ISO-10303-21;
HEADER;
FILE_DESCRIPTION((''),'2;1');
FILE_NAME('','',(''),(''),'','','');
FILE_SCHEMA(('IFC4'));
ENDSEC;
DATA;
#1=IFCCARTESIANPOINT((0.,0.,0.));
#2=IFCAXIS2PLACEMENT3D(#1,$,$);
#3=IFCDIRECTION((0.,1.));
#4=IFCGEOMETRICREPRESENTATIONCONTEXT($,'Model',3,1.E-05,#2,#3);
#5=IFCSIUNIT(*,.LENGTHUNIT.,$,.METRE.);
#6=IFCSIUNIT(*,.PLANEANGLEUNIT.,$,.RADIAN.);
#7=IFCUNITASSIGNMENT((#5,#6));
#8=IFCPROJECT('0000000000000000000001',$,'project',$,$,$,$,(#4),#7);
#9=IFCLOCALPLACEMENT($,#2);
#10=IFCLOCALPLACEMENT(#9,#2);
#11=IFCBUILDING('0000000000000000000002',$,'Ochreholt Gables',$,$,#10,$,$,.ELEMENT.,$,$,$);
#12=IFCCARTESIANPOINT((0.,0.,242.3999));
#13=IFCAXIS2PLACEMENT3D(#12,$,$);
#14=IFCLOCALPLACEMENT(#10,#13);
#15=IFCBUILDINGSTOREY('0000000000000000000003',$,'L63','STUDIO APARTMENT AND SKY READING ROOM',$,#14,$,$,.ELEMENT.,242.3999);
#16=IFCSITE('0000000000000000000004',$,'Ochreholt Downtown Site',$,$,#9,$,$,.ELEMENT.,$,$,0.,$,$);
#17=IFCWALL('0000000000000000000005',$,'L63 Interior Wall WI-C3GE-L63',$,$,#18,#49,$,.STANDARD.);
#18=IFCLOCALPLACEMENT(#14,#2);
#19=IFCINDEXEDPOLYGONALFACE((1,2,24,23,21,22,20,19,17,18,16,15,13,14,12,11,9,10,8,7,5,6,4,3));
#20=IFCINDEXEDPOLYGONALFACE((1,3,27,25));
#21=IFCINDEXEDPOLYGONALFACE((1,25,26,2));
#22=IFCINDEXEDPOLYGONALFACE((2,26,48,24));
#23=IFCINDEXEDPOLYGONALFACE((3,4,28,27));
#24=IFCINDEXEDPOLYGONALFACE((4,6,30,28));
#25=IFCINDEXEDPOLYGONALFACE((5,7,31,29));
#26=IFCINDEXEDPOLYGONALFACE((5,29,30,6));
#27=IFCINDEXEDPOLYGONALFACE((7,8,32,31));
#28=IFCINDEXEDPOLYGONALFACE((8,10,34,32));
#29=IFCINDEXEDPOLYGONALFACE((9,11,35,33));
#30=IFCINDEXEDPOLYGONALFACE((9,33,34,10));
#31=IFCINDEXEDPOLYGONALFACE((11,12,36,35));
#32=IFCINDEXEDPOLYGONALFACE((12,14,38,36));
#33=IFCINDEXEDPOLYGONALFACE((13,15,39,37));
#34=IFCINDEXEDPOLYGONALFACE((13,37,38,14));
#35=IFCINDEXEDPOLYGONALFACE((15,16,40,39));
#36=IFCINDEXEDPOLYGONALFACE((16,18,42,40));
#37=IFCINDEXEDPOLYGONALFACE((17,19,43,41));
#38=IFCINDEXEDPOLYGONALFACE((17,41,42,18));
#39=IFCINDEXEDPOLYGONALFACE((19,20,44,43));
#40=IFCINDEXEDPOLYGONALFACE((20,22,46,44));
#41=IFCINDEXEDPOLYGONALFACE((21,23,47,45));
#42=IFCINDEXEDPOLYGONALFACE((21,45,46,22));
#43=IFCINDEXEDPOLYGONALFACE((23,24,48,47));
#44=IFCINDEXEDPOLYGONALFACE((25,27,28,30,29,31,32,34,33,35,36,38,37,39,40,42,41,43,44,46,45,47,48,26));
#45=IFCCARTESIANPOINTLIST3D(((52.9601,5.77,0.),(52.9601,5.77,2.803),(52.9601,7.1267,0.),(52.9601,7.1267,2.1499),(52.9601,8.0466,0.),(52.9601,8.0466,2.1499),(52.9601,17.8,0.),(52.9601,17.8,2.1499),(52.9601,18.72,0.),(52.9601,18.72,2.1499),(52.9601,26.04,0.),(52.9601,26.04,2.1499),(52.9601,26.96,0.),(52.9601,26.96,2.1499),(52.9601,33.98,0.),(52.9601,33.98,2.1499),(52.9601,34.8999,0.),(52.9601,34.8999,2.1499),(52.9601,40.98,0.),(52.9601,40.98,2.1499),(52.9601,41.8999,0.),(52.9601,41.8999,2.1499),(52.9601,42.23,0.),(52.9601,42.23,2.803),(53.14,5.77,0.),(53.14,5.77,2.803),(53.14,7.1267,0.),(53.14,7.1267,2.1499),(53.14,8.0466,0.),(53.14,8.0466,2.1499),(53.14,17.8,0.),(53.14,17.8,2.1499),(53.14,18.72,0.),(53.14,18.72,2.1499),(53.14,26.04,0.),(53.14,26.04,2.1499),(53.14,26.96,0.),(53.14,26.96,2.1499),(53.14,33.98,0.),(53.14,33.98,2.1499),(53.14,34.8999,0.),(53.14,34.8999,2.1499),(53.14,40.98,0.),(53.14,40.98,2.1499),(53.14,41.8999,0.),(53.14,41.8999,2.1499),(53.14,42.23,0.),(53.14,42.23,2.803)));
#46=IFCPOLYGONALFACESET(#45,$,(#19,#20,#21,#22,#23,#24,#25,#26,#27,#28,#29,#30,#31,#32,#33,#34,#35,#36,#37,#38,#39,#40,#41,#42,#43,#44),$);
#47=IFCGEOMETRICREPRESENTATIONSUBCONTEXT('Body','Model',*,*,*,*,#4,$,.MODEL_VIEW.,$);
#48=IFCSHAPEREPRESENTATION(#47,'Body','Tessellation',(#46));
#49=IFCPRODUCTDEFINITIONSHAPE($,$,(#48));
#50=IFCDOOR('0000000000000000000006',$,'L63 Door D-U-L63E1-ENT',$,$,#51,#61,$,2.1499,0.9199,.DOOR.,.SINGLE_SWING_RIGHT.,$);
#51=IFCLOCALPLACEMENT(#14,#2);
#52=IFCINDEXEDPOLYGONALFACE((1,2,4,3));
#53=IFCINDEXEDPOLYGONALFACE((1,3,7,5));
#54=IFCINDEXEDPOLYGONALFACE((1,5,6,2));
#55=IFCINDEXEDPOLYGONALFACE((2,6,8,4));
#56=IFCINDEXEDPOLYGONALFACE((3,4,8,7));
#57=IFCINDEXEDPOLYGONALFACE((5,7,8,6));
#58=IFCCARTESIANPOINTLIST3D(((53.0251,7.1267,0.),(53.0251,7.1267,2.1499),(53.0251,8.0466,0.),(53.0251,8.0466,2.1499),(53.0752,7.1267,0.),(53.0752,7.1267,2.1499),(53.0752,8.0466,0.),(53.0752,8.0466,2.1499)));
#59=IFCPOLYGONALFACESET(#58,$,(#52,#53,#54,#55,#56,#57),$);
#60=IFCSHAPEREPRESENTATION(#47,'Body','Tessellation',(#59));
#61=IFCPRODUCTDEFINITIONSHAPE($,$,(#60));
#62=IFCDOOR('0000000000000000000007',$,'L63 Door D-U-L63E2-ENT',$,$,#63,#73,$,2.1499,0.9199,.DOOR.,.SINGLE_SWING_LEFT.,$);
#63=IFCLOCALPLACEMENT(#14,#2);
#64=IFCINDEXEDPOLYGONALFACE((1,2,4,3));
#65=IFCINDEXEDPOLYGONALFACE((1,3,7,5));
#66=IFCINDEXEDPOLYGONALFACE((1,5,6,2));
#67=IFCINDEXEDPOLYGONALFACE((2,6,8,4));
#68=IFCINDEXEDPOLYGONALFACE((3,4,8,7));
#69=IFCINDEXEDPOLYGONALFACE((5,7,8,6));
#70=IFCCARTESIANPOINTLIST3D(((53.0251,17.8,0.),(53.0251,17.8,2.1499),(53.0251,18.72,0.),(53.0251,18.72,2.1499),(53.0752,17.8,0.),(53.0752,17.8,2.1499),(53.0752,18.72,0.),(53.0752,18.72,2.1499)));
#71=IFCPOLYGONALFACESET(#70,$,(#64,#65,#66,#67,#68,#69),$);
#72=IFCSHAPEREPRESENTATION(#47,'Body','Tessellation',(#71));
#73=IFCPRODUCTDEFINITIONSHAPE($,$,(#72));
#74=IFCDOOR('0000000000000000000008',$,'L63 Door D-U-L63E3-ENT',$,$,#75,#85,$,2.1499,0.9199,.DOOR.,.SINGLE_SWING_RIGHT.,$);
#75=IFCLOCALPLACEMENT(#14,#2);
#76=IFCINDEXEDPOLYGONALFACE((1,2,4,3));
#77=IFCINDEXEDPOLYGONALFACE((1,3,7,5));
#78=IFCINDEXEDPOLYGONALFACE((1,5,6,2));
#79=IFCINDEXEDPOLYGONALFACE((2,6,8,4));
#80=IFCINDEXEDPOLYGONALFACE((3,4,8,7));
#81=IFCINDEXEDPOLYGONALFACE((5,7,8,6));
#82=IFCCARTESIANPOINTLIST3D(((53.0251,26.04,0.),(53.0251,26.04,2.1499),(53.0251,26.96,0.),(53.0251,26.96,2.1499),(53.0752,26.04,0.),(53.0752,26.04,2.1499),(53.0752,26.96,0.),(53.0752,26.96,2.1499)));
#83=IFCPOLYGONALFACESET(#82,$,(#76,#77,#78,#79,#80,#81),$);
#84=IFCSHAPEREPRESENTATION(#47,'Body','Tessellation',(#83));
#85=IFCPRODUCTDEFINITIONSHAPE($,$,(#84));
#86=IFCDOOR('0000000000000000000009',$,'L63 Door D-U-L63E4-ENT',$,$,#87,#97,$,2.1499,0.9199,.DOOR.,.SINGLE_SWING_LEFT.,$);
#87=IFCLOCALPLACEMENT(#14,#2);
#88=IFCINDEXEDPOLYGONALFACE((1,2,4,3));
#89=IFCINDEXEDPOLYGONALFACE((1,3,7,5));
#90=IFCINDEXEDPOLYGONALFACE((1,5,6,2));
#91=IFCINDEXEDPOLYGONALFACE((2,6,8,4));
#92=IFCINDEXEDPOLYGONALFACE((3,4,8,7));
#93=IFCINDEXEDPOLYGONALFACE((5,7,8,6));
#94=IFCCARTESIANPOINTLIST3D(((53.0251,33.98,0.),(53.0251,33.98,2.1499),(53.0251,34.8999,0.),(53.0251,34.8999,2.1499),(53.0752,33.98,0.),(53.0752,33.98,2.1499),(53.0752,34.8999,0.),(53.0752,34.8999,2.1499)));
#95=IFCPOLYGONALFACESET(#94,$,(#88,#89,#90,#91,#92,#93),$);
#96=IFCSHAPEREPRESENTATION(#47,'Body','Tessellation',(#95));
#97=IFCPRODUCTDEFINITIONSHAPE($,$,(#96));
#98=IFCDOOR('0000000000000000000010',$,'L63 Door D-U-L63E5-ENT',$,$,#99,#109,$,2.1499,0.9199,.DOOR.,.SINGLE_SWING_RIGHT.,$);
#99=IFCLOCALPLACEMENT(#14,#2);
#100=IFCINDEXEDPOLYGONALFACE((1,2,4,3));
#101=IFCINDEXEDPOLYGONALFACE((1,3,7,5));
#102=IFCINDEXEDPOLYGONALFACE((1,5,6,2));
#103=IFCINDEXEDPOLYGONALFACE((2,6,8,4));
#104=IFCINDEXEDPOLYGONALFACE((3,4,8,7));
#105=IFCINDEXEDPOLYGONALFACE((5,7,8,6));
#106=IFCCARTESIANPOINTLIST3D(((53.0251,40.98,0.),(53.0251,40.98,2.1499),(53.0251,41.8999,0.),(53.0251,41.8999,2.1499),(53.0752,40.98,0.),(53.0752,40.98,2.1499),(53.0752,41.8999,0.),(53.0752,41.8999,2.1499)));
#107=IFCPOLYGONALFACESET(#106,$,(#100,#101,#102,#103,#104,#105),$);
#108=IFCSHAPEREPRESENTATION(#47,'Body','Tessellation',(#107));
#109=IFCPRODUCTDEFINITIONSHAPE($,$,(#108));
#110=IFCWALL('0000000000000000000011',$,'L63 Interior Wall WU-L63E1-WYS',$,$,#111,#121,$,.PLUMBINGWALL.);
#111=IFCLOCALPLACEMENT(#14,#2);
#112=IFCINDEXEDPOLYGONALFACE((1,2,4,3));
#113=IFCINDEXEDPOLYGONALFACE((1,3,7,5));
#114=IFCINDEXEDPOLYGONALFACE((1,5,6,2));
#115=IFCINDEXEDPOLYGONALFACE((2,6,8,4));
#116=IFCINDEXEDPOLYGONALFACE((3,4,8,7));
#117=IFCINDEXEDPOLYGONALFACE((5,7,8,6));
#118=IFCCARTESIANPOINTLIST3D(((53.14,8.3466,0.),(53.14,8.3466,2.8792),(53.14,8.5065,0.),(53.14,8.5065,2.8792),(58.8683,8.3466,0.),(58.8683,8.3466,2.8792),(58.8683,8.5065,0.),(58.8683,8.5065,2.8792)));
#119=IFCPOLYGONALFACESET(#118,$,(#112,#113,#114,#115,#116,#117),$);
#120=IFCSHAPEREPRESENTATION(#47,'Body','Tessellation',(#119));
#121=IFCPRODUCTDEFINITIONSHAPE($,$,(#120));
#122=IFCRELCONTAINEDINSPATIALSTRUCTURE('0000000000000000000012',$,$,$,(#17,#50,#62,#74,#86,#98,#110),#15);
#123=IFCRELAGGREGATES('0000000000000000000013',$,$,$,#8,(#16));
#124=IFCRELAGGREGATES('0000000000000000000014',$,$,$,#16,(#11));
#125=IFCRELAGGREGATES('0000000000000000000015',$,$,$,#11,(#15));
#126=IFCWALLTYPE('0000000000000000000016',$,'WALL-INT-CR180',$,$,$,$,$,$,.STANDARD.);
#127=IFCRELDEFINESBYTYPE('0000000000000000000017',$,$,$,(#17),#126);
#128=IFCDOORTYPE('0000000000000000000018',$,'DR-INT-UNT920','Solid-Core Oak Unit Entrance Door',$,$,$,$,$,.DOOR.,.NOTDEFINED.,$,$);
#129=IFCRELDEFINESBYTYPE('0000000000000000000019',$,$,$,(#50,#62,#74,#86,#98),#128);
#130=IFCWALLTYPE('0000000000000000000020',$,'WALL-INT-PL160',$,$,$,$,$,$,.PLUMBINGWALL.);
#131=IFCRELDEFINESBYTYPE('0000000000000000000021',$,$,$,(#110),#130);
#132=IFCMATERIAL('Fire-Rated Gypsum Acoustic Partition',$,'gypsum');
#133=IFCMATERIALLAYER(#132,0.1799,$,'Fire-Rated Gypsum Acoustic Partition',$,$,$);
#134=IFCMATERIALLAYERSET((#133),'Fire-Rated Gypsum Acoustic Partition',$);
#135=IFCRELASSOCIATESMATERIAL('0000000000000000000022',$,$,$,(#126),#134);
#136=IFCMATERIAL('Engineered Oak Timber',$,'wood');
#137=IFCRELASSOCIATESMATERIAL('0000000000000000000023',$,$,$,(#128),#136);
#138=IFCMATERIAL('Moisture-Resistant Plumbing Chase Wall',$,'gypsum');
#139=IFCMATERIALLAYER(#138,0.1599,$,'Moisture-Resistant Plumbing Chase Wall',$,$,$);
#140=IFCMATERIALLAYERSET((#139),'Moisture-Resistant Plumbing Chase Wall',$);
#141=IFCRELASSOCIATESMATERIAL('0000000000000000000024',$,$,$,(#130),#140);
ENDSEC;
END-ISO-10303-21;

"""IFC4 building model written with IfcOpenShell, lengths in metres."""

from ifc_helpers import new_model, si_unit, direction, frame, frame_2d, origin, place, context, subcontext, project, spatial, rectangle, extrude, material, layer, layer_set, type_object, element, fill, save


model = new_model("IFC4")

# Units and contexts
model_context = context("Model", 3, precision=1e-05, world=origin(), true_north=direction((0.0, 1.0)))
body_context = subcontext(model_context, "Body", "Model", "MODEL_VIEW")
ifc_project = project(units=[si_unit("LENGTHUNIT", "METRE"), si_unit("PLANEANGLEUNIT", "RADIAN")], contexts=[model_context])

# Site, building, storey
site_placement = place(None, origin())
site = spatial("IfcSite", under=ifc_project, at=site_placement, Name="Ochreholt Downtown Site", CompositionType="ELEMENT", RefElevation=0.0)
building_placement = place(site_placement, origin())
building = spatial("IfcBuilding", under=site, at=building_placement, Name="Ochreholt Gables", CompositionType="ELEMENT")
storey_placement = place(building_placement, frame((0.0, 0.0, 242.3999)))
storey = spatial("IfcBuildingStorey", under=building, at=storey_placement, Name="L63", Description="STUDIO APARTMENT AND SKY READING ROOM", CompositionType="ELEMENT", Elevation=242.3999)

# Shared definitions
ifc_material_1 = material(Name="Fire-Rated Gypsum Acoustic Partition", Category="gypsum")
ifc_layer_1 = layer(ifc_material_1, 0.1799, Name="Fire-Rated Gypsum Acoustic Partition")
ifc_layer_set_1 = layer_set([ifc_layer_1], Name="Fire-Rated Gypsum Acoustic Partition")
wall_type_1 = type_object("IfcWallType", Name="WALL-INT-CR180", PredefinedType="STANDARD", material=ifc_layer_set_1)
ifc_material_2 = material(Name="Engineered Oak Timber", Category="wood")
door_type = type_object("IfcDoorType", Name="DR-INT-UNT920", Description="Solid-Core Oak Unit Entrance Door", OperationType="NOTDEFINED", PredefinedType="DOOR", material=ifc_material_2)

# Wall, openings, doors
wall_1_placement = place(storey_placement, frame((53.05, 5.77, 0.0), z_axis=(0.0, 0.0, 1.0), x_axis=(0.0, 1.0, 0.0)))
wall_1 = element("IfcWall", 1, at=wall_1_placement, inside=storey, type_object=wall_type_1, Name="L63 Interior Wall WI-C3GE-L63", PredefinedType="STANDARD", context=body_context, shape_type="SweptSolid", body=[
    extrude(rectangle(XDim=36.46, YDim=0.1799, at=frame_2d((18.23, 0.0))), origin(), (0.0, 0.0, 1.0), 2.803),
])
opening_1_placement = place(wall_1_placement, frame((1.3567, 0.0, 0.0)))
opening_1 = element("IfcOpeningElement", 2, at=opening_1_placement, cuts=wall_1, PredefinedType="OPENING", context=body_context, shape_type="SweptSolid", body=[
    extrude(rectangle(XDim=0.9199, YDim=2.1499, at=frame_2d((0.46, 1.075))), frame((0.0, 0.0999, 0.0), z_axis=(0.0, -1.0, 0.0), x_axis=(1.0, 0.0, 0.0)), (0.0, 0.0, 1.0), 0.2),
])
opening_2_placement = place(wall_1_placement, frame((12.03, 0.0, 0.0)))
opening_2 = element("IfcOpeningElement", 3, at=opening_2_placement, cuts=wall_1, PredefinedType="OPENING", context=body_context, shape_type="SweptSolid", body=[
    extrude(rectangle(XDim=0.9199, YDim=2.1499, at=frame_2d((0.46, 1.075))), frame((0.0, 0.0999, 0.0), z_axis=(0.0, -1.0, 0.0), x_axis=(1.0, 0.0, 0.0)), (0.0, 0.0, 1.0), 0.2),
])
opening_3_placement = place(wall_1_placement, frame((20.27, 0.0, 0.0)))
opening_3 = element("IfcOpeningElement", 4, at=opening_3_placement, cuts=wall_1, PredefinedType="OPENING", context=body_context, shape_type="SweptSolid", body=[
    extrude(rectangle(XDim=0.9199, YDim=2.1499, at=frame_2d((0.46, 1.075))), frame((0.0, 0.0999, 0.0), z_axis=(0.0, -1.0, 0.0), x_axis=(1.0, 0.0, 0.0)), (0.0, 0.0, 1.0), 0.2),
])
opening_4_placement = place(wall_1_placement, frame((28.21, 0.0, 0.0)))
opening_4 = element("IfcOpeningElement", 5, at=opening_4_placement, cuts=wall_1, PredefinedType="OPENING", context=body_context, shape_type="SweptSolid", body=[
    extrude(rectangle(XDim=0.9199, YDim=2.1499, at=frame_2d((0.46, 1.075))), frame((0.0, 0.0999, 0.0), z_axis=(0.0, -1.0, 0.0), x_axis=(1.0, 0.0, 0.0)), (0.0, 0.0, 1.0), 0.2),
])
opening_5_placement = place(wall_1_placement, frame((35.21, 0.0, 0.0)))
opening_5 = element("IfcOpeningElement", 6, at=opening_5_placement, cuts=wall_1, PredefinedType="OPENING", context=body_context, shape_type="SweptSolid", body=[
    extrude(rectangle(XDim=0.9199, YDim=2.1499, at=frame_2d((0.46, 1.075))), frame((0.0, 0.0999, 0.0), z_axis=(0.0, -1.0, 0.0), x_axis=(1.0, 0.0, 0.0)), (0.0, 0.0, 1.0), 0.2),
])
door_1_placement = place(opening_1_placement, origin())
door_1 = element("IfcDoor", 7, at=door_1_placement, inside=storey, type_object=door_type, Name="L63 Door D-U-L63E1-ENT", OperationType="SINGLE_SWING_RIGHT", OverallHeight=2.1499, OverallWidth=0.9199, PredefinedType="DOOR", context=body_context, shape_type="SweptSolid", body=[
    extrude(rectangle(XDim=0.9199, YDim=2.1499, at=frame_2d((0.46, 1.075))), frame((0.0, 0.0249, 0.0), z_axis=(0.0, -1.0, 0.0), x_axis=(1.0, 0.0, 0.0)), (0.0, 0.0, 1.0), 0.05),
])
fill(opening_1, door_1)
door_2_placement = place(opening_2_placement, origin())
door_2 = element("IfcDoor", 8, at=door_2_placement, inside=storey, type_object=door_type, Name="L63 Door D-U-L63E2-ENT", OperationType="SINGLE_SWING_LEFT", OverallHeight=2.1499, OverallWidth=0.9199, PredefinedType="DOOR", context=body_context, shape_type="SweptSolid", body=[
    extrude(rectangle(XDim=0.9199, YDim=2.1499, at=frame_2d((0.46, 1.075))), frame((0.0, 0.0249, 0.0), z_axis=(0.0, -1.0, 0.0), x_axis=(1.0, 0.0, 0.0)), (0.0, 0.0, 1.0), 0.05),
])
fill(opening_2, door_2)
door_3_placement = place(opening_3_placement, origin())
door_3 = element("IfcDoor", 9, at=door_3_placement, inside=storey, type_object=door_type, Name="L63 Door D-U-L63E3-ENT", OperationType="SINGLE_SWING_RIGHT", OverallHeight=2.1499, OverallWidth=0.9199, PredefinedType="DOOR", context=body_context, shape_type="SweptSolid", body=[
    extrude(rectangle(XDim=0.9199, YDim=2.1499, at=frame_2d((0.46, 1.075))), frame((0.0, 0.0249, 0.0), z_axis=(0.0, -1.0, 0.0), x_axis=(1.0, 0.0, 0.0)), (0.0, 0.0, 1.0), 0.05),
])
fill(opening_3, door_3)
door_4_placement = place(opening_4_placement, origin())
door_4 = element("IfcDoor", 10, at=door_4_placement, inside=storey, type_object=door_type, Name="L63 Door D-U-L63E4-ENT", OperationType="SINGLE_SWING_LEFT", OverallHeight=2.1499, OverallWidth=0.9199, PredefinedType="DOOR", context=body_context, shape_type="SweptSolid", body=[
    extrude(rectangle(XDim=0.9199, YDim=2.1499, at=frame_2d((0.46, 1.075))), frame((0.0, 0.0249, 0.0), z_axis=(0.0, -1.0, 0.0), x_axis=(1.0, 0.0, 0.0)), (0.0, 0.0, 1.0), 0.05),
])
fill(opening_4, door_4)
door_5_placement = place(opening_5_placement, origin())
door_5 = element("IfcDoor", 11, at=door_5_placement, inside=storey, type_object=door_type, Name="L63 Door D-U-L63E5-ENT", OperationType="SINGLE_SWING_RIGHT", OverallHeight=2.1499, OverallWidth=0.9199, PredefinedType="DOOR", context=body_context, shape_type="SweptSolid", body=[
    extrude(rectangle(XDim=0.9199, YDim=2.1499, at=frame_2d((0.46, 1.075))), frame((0.0, 0.0249, 0.0), z_axis=(0.0, -1.0, 0.0), x_axis=(1.0, 0.0, 0.0)), (0.0, 0.0, 1.0), 0.05),
])
fill(opening_5, door_5)

# Wall
ifc_material_3 = material(Name="Moisture-Resistant Plumbing Chase Wall", Category="gypsum")
ifc_layer_2 = layer(ifc_material_3, 0.1599, Name="Moisture-Resistant Plumbing Chase Wall")
ifc_layer_set_2 = layer_set([ifc_layer_2], Name="Moisture-Resistant Plumbing Chase Wall")
wall_type_2 = type_object("IfcWallType", Name="WALL-INT-PL160", PredefinedType="PLUMBINGWALL", material=ifc_layer_set_2)
wall_2_placement = place(storey_placement, frame((53.1399, 8.4265, 0.0), z_axis=(0.0, 0.0, 1.0), x_axis=(1.0, 0.0, 0.0)))
element("IfcWall", 12, at=wall_2_placement, inside=storey, type_object=wall_type_2, Name="L63 Interior Wall WU-L63E1-WYS", PredefinedType="PLUMBINGWALL", context=body_context, shape_type="SweptSolid", body=[
    extrude(rectangle(XDim=5.7283, YDim=0.1599, at=frame_2d((2.8643, 0.0))), origin(), (0.0, 0.0, 1.0), 2.8792),
])

save(model, "model.ifc")
